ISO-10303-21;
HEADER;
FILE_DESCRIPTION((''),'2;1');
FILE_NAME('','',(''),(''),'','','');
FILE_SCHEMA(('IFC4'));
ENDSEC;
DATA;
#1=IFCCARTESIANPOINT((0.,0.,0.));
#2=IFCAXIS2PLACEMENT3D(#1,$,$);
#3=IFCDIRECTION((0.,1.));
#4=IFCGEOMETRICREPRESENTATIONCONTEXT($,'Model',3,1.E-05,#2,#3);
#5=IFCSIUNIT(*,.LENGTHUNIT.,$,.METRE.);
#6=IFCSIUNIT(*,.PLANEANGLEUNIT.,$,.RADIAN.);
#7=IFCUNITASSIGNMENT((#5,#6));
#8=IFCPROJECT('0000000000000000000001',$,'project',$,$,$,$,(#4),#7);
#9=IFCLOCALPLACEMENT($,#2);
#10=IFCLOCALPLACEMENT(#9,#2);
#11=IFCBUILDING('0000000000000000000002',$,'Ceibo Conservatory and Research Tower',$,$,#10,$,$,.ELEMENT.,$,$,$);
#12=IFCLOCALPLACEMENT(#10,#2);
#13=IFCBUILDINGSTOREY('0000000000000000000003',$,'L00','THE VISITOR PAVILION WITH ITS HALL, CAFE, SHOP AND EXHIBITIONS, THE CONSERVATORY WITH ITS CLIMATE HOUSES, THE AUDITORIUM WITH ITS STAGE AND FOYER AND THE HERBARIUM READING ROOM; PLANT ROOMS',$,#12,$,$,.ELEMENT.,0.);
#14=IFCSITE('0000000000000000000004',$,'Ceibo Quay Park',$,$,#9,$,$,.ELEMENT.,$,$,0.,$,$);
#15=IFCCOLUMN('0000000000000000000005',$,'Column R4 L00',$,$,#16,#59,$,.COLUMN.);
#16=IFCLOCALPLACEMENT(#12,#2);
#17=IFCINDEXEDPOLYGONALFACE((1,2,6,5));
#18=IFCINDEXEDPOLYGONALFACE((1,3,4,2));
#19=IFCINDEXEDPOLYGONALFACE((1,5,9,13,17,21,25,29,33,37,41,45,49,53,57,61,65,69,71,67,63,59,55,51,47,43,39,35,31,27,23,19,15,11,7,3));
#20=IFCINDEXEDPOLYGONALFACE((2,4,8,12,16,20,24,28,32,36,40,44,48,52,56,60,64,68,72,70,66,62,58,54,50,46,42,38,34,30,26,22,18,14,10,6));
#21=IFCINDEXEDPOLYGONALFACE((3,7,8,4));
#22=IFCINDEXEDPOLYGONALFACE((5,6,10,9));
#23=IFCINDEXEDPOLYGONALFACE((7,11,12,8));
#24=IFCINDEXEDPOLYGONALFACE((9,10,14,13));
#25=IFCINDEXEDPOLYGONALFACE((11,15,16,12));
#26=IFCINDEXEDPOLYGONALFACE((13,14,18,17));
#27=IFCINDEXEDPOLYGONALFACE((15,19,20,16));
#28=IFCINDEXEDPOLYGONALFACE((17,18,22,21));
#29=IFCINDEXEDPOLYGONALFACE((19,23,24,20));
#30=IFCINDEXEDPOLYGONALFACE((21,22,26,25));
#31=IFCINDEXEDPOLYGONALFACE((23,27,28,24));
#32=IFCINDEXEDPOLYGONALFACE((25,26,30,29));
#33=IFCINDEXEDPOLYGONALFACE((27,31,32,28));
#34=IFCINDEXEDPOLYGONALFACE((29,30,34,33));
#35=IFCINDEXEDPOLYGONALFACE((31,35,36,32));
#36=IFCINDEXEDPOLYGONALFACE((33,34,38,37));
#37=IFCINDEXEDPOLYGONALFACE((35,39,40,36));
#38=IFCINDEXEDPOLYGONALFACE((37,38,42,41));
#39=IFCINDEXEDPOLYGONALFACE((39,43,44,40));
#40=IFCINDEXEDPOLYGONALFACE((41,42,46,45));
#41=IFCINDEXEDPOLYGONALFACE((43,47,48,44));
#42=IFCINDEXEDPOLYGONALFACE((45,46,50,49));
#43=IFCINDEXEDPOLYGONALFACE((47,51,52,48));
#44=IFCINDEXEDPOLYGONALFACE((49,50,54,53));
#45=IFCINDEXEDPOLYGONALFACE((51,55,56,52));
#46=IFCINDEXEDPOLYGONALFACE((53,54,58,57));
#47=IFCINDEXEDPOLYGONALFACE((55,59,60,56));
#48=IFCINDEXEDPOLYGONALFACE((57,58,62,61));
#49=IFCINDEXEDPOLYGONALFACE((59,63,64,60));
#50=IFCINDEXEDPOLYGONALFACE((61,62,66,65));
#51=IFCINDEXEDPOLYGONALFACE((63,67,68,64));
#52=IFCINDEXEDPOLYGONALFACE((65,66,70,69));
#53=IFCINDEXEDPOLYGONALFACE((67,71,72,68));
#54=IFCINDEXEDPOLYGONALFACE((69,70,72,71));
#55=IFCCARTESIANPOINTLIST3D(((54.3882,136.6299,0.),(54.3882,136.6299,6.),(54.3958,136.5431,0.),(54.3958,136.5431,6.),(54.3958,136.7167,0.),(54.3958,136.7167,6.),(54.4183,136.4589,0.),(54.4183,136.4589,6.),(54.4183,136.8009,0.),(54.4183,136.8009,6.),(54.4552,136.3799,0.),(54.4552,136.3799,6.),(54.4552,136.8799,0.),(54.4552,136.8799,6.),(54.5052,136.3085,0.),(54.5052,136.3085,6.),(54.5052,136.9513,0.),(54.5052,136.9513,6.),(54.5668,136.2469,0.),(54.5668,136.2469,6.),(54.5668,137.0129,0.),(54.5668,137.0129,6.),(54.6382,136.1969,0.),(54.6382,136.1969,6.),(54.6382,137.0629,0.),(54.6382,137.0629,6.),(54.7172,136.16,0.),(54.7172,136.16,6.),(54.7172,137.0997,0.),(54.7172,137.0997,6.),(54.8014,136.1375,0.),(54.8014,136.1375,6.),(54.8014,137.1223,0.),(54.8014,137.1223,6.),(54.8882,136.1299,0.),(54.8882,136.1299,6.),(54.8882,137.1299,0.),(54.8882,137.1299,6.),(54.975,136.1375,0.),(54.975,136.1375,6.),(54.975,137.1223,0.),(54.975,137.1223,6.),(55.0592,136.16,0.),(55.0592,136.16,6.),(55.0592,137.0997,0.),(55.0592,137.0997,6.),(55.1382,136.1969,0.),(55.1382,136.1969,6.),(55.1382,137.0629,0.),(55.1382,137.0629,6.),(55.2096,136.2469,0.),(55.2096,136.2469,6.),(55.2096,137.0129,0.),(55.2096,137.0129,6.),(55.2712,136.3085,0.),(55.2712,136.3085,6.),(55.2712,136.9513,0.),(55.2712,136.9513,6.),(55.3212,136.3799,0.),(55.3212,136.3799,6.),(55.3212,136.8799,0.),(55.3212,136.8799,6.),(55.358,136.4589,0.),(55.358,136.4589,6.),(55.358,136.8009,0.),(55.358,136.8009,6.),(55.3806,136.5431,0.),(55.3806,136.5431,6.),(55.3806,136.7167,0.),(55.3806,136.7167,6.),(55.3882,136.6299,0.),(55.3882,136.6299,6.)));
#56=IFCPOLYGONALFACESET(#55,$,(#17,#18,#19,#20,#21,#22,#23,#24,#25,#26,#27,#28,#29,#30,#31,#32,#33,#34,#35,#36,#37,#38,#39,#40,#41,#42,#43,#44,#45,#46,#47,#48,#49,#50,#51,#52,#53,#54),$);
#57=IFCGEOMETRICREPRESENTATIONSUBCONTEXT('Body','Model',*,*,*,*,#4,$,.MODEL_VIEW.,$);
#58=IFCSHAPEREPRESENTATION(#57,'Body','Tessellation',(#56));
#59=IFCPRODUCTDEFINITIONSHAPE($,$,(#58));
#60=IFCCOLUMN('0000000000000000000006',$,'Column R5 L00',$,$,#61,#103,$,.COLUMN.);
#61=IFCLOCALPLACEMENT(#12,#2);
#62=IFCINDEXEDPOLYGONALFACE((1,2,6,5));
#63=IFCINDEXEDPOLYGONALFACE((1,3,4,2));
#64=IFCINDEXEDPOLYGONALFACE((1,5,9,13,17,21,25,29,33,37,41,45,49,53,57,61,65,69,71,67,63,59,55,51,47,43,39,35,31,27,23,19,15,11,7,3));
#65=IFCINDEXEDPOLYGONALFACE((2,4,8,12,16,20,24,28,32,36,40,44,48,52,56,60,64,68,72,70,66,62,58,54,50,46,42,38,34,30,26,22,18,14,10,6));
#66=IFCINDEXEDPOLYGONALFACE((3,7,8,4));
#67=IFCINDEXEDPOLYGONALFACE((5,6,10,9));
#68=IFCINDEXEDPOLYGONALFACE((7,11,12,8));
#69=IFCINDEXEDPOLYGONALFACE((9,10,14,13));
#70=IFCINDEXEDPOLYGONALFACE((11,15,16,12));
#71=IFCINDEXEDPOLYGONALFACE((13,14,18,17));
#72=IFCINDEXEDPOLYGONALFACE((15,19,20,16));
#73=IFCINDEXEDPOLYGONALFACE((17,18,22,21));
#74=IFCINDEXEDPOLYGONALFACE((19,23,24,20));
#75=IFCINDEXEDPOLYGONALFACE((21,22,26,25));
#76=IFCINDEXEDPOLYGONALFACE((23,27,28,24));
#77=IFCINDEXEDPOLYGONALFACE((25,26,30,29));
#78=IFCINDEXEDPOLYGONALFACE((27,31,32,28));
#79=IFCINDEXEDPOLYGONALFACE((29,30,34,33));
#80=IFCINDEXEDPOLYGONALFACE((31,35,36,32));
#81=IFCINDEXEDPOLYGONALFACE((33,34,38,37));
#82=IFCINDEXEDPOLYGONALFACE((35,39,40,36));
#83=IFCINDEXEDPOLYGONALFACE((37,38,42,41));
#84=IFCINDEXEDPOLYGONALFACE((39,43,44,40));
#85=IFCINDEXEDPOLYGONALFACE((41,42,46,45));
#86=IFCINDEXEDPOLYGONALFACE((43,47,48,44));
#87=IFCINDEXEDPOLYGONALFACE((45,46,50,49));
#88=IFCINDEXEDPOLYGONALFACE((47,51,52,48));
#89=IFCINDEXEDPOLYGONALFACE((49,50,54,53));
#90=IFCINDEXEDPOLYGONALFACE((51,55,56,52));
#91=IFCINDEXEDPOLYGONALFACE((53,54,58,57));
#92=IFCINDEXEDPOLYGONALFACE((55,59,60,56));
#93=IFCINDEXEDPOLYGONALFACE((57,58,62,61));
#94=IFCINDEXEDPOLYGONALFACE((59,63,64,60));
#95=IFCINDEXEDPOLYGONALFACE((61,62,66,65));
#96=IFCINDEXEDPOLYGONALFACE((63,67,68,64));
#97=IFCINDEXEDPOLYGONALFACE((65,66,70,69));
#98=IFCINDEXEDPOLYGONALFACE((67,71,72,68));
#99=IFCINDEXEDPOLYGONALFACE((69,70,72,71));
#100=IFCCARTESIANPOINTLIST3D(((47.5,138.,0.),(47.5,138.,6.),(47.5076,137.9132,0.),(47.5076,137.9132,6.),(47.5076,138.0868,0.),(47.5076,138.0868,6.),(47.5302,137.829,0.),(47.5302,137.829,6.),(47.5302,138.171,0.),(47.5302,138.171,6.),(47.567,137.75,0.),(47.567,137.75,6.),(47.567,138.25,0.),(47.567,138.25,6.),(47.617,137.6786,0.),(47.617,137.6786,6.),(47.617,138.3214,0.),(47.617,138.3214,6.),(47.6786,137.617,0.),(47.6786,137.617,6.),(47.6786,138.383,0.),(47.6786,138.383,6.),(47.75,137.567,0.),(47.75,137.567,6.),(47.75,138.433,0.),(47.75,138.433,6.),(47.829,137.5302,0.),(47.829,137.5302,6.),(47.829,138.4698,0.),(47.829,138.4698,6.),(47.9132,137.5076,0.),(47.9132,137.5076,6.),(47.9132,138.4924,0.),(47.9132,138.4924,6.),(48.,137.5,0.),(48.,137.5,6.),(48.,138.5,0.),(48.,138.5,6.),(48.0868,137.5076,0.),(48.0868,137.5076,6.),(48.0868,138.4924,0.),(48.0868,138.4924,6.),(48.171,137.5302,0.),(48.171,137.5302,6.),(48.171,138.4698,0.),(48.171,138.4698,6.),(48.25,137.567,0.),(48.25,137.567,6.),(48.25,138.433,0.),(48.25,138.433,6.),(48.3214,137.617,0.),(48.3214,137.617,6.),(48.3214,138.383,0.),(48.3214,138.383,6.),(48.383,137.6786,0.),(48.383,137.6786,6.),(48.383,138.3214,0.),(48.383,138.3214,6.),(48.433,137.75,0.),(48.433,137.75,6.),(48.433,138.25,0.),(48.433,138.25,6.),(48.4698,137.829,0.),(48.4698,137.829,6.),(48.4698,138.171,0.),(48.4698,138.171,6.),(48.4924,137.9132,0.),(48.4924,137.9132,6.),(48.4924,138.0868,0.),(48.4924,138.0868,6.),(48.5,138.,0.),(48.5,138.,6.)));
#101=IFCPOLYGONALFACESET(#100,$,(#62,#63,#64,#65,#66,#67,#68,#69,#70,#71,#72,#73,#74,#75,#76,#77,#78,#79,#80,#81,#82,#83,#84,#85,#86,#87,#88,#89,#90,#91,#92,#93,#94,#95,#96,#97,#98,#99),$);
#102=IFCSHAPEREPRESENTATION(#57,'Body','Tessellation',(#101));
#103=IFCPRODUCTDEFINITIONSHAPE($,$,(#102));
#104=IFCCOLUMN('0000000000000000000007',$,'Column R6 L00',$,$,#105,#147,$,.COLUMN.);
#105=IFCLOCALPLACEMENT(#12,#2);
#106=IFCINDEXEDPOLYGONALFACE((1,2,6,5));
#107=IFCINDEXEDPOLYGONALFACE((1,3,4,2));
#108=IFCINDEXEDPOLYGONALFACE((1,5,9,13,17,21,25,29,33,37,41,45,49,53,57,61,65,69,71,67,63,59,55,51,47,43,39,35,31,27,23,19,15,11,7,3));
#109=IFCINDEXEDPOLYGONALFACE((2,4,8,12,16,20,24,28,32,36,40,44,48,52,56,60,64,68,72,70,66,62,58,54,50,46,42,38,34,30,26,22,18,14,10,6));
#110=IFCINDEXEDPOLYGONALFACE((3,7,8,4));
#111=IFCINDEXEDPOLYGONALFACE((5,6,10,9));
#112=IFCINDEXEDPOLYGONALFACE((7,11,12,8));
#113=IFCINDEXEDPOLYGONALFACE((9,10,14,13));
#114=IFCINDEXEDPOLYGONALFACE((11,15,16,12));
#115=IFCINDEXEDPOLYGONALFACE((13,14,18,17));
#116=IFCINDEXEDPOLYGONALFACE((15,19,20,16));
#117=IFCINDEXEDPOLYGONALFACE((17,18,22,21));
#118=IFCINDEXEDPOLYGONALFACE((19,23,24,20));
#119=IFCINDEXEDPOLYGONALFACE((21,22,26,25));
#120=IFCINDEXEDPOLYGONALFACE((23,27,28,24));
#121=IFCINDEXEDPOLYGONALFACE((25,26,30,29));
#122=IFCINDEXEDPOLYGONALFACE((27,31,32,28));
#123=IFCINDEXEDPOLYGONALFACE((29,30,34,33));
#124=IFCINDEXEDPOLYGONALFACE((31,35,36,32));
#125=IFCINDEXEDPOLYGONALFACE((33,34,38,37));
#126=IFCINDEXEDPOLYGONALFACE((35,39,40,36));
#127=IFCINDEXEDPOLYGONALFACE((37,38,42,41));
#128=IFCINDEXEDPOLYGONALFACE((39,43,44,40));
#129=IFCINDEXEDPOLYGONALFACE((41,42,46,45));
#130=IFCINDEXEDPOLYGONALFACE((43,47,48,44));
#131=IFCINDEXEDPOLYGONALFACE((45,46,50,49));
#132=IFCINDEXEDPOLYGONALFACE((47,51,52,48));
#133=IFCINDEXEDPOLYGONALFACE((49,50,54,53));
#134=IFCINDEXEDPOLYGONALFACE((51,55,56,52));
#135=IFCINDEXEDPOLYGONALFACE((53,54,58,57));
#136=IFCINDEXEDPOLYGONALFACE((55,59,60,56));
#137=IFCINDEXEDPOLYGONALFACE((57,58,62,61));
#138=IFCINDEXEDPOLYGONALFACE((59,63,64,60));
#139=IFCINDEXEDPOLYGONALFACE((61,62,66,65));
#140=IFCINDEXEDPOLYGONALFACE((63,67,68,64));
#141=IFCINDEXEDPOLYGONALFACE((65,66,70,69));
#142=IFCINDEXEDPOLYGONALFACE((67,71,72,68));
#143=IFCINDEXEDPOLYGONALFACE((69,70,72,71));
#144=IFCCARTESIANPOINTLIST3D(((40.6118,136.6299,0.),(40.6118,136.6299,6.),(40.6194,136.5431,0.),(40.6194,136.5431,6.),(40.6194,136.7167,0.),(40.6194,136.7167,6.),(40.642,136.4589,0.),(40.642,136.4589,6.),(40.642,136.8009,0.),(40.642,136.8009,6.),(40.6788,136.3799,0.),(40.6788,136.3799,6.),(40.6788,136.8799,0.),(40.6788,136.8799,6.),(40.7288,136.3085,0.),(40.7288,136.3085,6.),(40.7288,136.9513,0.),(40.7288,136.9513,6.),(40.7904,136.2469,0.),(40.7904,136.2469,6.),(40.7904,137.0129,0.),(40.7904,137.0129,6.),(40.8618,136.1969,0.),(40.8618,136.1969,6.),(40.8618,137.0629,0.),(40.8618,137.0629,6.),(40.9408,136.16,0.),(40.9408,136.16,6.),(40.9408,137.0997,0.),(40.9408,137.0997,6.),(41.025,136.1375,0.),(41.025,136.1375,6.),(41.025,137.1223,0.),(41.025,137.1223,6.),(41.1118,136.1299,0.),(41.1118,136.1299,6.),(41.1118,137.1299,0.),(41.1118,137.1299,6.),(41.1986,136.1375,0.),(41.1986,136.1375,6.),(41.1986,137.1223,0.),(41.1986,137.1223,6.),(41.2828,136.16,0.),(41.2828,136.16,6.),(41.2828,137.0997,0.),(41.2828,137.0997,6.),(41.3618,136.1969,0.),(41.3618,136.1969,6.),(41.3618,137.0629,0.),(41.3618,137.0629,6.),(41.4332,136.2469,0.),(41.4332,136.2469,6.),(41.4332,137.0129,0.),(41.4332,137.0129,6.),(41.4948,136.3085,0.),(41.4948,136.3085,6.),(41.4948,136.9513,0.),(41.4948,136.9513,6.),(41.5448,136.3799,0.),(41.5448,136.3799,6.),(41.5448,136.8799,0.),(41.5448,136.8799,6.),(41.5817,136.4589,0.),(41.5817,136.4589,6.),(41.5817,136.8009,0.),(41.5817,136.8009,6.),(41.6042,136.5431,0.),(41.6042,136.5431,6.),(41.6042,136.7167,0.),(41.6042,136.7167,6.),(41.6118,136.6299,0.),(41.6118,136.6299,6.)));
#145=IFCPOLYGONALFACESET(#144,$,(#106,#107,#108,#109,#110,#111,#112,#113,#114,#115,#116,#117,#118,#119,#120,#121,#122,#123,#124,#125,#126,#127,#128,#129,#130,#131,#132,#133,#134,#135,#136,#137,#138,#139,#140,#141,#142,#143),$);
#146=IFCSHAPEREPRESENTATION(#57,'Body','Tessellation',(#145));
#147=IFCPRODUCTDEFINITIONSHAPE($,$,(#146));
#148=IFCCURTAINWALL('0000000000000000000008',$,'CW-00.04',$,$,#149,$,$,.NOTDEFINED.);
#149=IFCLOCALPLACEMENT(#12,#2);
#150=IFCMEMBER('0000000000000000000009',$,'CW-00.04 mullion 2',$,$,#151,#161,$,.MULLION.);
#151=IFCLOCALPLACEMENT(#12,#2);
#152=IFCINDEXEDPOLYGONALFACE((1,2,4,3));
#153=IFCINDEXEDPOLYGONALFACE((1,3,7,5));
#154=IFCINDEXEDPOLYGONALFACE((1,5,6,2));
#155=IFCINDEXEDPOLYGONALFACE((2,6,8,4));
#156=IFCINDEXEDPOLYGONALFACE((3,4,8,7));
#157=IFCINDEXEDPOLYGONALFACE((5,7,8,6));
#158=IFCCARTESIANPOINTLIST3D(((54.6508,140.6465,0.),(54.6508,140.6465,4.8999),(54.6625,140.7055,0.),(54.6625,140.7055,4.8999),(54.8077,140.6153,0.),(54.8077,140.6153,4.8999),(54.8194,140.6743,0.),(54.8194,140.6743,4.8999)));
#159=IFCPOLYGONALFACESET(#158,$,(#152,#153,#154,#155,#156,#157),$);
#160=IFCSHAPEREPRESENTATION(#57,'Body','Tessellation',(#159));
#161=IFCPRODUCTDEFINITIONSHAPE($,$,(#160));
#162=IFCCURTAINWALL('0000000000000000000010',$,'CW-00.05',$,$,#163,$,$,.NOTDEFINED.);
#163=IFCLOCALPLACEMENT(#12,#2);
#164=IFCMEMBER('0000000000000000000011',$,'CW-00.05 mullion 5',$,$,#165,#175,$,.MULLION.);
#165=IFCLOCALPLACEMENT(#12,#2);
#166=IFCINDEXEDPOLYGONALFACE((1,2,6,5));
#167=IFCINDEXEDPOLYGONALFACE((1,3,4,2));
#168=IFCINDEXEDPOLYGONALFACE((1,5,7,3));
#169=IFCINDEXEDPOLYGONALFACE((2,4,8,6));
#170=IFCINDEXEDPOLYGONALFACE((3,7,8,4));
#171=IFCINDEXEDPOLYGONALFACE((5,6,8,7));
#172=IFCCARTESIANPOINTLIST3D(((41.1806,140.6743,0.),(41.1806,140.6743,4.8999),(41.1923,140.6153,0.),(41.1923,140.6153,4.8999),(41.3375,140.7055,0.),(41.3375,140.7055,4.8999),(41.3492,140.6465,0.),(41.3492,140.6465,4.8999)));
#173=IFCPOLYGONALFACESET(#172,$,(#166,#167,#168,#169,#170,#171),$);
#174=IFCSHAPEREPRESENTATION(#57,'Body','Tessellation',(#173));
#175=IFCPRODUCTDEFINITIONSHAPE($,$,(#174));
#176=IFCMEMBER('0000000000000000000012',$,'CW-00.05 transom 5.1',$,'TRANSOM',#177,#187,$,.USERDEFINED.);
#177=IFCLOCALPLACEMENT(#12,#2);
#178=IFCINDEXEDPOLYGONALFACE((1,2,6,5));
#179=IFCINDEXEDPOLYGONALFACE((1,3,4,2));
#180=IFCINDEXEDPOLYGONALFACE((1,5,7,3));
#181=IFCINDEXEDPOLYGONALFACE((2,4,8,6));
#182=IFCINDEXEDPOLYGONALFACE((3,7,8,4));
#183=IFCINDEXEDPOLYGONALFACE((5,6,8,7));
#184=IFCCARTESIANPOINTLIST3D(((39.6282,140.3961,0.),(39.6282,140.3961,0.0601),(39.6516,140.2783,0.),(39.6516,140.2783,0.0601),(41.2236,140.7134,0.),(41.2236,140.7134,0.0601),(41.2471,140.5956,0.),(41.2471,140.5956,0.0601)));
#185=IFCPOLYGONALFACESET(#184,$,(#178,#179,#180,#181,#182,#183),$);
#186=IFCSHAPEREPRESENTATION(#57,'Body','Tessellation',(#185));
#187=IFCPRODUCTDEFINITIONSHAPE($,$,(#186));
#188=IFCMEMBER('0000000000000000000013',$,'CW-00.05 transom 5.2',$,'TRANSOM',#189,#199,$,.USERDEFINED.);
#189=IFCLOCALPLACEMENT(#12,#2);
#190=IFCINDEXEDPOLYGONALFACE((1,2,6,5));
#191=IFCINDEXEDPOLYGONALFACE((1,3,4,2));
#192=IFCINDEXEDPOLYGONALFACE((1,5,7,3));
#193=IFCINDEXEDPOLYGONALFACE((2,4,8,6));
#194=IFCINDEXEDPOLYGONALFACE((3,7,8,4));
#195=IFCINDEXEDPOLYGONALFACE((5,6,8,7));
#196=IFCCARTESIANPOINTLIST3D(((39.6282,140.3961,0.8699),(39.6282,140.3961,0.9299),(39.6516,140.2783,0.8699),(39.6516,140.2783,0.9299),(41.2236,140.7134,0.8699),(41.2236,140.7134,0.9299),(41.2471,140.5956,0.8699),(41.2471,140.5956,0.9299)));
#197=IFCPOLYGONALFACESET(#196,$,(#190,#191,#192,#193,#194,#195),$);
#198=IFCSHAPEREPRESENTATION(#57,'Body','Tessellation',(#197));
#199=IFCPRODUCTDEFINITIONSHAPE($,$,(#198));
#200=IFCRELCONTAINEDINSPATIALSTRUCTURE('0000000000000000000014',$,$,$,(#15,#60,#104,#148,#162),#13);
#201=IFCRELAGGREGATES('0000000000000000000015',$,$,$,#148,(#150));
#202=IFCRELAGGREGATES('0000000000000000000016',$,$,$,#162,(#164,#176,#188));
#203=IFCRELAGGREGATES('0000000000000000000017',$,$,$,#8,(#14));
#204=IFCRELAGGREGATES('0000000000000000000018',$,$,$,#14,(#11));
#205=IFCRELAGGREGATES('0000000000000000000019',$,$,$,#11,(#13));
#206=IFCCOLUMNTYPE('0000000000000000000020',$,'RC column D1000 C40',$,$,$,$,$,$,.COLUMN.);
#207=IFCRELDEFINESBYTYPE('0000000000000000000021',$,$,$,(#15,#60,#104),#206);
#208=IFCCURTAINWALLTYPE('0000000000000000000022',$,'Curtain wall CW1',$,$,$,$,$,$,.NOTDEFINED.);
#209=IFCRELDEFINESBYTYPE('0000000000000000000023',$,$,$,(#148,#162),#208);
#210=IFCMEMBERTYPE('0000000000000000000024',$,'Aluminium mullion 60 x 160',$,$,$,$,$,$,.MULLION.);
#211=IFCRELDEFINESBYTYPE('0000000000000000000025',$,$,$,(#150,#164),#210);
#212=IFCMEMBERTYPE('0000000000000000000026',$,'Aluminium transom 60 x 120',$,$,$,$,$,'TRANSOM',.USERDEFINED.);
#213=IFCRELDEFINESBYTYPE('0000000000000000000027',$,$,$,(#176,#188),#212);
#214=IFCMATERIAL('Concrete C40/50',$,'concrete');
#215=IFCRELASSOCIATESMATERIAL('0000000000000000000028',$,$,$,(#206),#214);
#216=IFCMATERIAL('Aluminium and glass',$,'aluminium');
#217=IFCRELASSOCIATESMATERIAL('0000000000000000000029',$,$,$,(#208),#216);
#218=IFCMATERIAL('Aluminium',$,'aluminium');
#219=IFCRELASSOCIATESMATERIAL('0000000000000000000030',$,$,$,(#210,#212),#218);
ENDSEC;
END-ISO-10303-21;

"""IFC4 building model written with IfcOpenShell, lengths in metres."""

from ifc_helpers import new_model, si_unit, direction, frame, origin, origin_2d, place, context, subcontext, project, spatial, rectangle, circle, extrude, material, material_profile, profile_set, type_object, element, aggregate, save


model = new_model("IFC4")

# Units and contexts
model_context = context("Model", 3, precision=1e-05, world=origin(), true_north=direction((0.0, 1.0)))
body_context = subcontext(model_context, "Body", "Model", "MODEL_VIEW")
ifc_project = project(units=[si_unit("LENGTHUNIT", "METRE"), si_unit("PLANEANGLEUNIT", "RADIAN")], contexts=[model_context])

# Site, building, storey
site_placement = place(None, origin())
site = spatial("IfcSite", under=ifc_project, at=site_placement, Name="Ceibo Quay Park", CompositionType="ELEMENT", RefElevation=0.0)
building_placement = place(site_placement, origin())
building = spatial("IfcBuilding", under=site, at=building_placement, Name="Ceibo Conservatory and Research Tower", CompositionType="ELEMENT")
storey_placement = place(building_placement, origin())
storey = spatial("IfcBuildingStorey", under=building, at=storey_placement, Name="L00", Description="THE VISITOR PAVILION WITH ITS HALL, CAFE, SHOP AND EXHIBITIONS, THE CONSERVATORY WITH ITS CLIMATE HOUSES, THE AUDITORIUM WITH ITS STAGE AND FOYER AND THE HERBARIUM READING ROOM; PLANT ROOMS", CompositionType="ELEMENT", Elevation=0.0)

# Columns
ifc_material_1 = material(Name="Concrete C40/50", Category="concrete")
ifc_material_profile_1 = material_profile(ifc_material_1, circle(Radius=0.5, at=origin_2d()), Name="RC D1000")
ifc_profile_set_1 = profile_set([ifc_material_profile_1], Name="Concrete C40/50")
column_type = type_object("IfcColumnType", Name="RC column D1000 C40", PredefinedType="COLUMN", material=ifc_profile_set_1)
for number, where, z_axis, x_axis, name in (
    (1, (54.8882, 136.6299, 0.0), (0.0, 0.0, 1.0), (1.0, 0.0, 0.0), "Column R4 L00"),
    (2, (48.0, 138.0, 0.0), (0.0, 0.0, 1.0), (1.0, 0.0, 0.0), "Column R5 L00"),
    (3, (41.1118, 136.6299, 0.0), (0.0, 0.0, 1.0), (1.0, 0.0, 0.0), "Column R6 L00"),
):
    element("IfcColumn", number, at=place(storey_placement, frame(where, z_axis=z_axis, x_axis=x_axis)), inside=storey, type_object=column_type, Name=name, PredefinedType="COLUMN", context=body_context, shape_type="SweptSolid", body=[
        extrude(circle(Radius=0.5, at=origin_2d()), origin(), (0.0, 0.0, 1.0), 6.0),
    ])

# Curtain wall, member
ifc_material_2 = material(Name="Aluminium and glass", Category="aluminium")
curtain_wall_type = type_object("IfcCurtainWallType", Name="Curtain wall CW1", PredefinedType="NOTDEFINED", material=ifc_material_2)
curtain_wall_1_placement = place(storey_placement, origin())
curtain_wall_1 = element("IfcCurtainWall", 4, at=curtain_wall_1_placement, inside=storey, type_object=curtain_wall_type, Name="CW-00.04", PredefinedType="NOTDEFINED")
ifc_material_3 = material(Name="Aluminium", Category="aluminium")
ifc_material_profile_2 = material_profile(ifc_material_3, rectangle(XDim=0.0601, YDim=0.1599, at=origin_2d()), Name="Aluminium 60 x 160")
ifc_profile_set_2 = profile_set([ifc_material_profile_2], Name="Aluminium")
member_type_1 = type_object("IfcMemberType", Name="Aluminium mullion 60 x 160", PredefinedType="MULLION", material=ifc_profile_set_2)
member_1_placement = place(storey_placement, frame((54.7351, 140.6604, 0.0), z_axis=(0.0, 0.0, 1.0), x_axis=(-0.19509, -0.980785, 0.0)))
member_1 = element("IfcMember", 5, at=member_1_placement, type_object=member_type_1, Name="CW-00.04 mullion 2", PredefinedType="MULLION", context=body_context, shape_type="SweptSolid", body=[
    extrude(rectangle(XDim=0.0601, YDim=0.1599, at=origin_2d()), origin(), (0.0, 0.0, 1.0), 4.8999),
])
aggregate(curtain_wall_1, [member_1])

# Curtain wall, members
curtain_wall_2_placement = place(storey_placement, origin())
curtain_wall_2 = element("IfcCurtainWall", 6, at=curtain_wall_2_placement, inside=storey, type_object=curtain_wall_type, Name="CW-00.05", PredefinedType="NOTDEFINED")
member_2_placement = place(storey_placement, frame((41.2649, 140.6604, 0.0), z_axis=(0.0, 0.0, 1.0), x_axis=(0.19509, -0.980785, 0.0)))
member_2 = element("IfcMember", 7, at=member_2_placement, type_object=member_type_1, Name="CW-00.05 mullion 5", PredefinedType="MULLION", context=body_context, shape_type="SweptSolid", body=[
    extrude(rectangle(XDim=0.0601, YDim=0.1599, at=origin_2d()), origin(), (0.0, 0.0, 1.0), 4.8999),
])
ifc_material_profile_3 = material_profile(ifc_material_3, rectangle(XDim=0.1201, YDim=0.0601, at=origin_2d()), Name="Aluminium 60 x 120")
ifc_profile_set_3 = profile_set([ifc_material_profile_3], Name="Aluminium")
member_type_2 = type_object("IfcMemberType", Name="Aluminium transom 60 x 120", ElementType="TRANSOM", PredefinedType="USERDEFINED", material=ifc_profile_set_3)
member_3_placement = place(storey_placement, frame((41.2354, 140.6545, 0.03), z_axis=(-0.980782, -0.195106, 0.0), x_axis=(0.195106, -0.980782, 0.0)))
member_3 = element("IfcMember", 8, at=member_3_placement, type_object=member_type_2, Name="CW-00.05 transom 5.1", ObjectType="TRANSOM", PredefinedType="USERDEFINED", context=body_context, shape_type="SweptSolid", body=[
    extrude(rectangle(XDim=0.1201, YDim=0.0601, at=origin_2d()), origin(), (0.0, 0.0, 1.0), 1.6267),
])
member_4_placement = place(storey_placement, frame((41.2354, 140.6545, 0.8999), z_axis=(-0.980782, -0.195106, 0.0), x_axis=(0.195106, -0.980782, 0.0)))
member_4 = element("IfcMember", 9, at=member_4_placement, type_object=member_type_2, Name="CW-00.05 transom 5.2", ObjectType="TRANSOM", PredefinedType="USERDEFINED", context=body_context, shape_type="SweptSolid", body=[
    extrude(rectangle(XDim=0.1201, YDim=0.0601, at=origin_2d()), origin(), (0.0, 0.0, 1.0), 1.6267),
])

aggregate(curtain_wall_2, [member_2, member_3, member_4])

save(model, "model.ifc")
